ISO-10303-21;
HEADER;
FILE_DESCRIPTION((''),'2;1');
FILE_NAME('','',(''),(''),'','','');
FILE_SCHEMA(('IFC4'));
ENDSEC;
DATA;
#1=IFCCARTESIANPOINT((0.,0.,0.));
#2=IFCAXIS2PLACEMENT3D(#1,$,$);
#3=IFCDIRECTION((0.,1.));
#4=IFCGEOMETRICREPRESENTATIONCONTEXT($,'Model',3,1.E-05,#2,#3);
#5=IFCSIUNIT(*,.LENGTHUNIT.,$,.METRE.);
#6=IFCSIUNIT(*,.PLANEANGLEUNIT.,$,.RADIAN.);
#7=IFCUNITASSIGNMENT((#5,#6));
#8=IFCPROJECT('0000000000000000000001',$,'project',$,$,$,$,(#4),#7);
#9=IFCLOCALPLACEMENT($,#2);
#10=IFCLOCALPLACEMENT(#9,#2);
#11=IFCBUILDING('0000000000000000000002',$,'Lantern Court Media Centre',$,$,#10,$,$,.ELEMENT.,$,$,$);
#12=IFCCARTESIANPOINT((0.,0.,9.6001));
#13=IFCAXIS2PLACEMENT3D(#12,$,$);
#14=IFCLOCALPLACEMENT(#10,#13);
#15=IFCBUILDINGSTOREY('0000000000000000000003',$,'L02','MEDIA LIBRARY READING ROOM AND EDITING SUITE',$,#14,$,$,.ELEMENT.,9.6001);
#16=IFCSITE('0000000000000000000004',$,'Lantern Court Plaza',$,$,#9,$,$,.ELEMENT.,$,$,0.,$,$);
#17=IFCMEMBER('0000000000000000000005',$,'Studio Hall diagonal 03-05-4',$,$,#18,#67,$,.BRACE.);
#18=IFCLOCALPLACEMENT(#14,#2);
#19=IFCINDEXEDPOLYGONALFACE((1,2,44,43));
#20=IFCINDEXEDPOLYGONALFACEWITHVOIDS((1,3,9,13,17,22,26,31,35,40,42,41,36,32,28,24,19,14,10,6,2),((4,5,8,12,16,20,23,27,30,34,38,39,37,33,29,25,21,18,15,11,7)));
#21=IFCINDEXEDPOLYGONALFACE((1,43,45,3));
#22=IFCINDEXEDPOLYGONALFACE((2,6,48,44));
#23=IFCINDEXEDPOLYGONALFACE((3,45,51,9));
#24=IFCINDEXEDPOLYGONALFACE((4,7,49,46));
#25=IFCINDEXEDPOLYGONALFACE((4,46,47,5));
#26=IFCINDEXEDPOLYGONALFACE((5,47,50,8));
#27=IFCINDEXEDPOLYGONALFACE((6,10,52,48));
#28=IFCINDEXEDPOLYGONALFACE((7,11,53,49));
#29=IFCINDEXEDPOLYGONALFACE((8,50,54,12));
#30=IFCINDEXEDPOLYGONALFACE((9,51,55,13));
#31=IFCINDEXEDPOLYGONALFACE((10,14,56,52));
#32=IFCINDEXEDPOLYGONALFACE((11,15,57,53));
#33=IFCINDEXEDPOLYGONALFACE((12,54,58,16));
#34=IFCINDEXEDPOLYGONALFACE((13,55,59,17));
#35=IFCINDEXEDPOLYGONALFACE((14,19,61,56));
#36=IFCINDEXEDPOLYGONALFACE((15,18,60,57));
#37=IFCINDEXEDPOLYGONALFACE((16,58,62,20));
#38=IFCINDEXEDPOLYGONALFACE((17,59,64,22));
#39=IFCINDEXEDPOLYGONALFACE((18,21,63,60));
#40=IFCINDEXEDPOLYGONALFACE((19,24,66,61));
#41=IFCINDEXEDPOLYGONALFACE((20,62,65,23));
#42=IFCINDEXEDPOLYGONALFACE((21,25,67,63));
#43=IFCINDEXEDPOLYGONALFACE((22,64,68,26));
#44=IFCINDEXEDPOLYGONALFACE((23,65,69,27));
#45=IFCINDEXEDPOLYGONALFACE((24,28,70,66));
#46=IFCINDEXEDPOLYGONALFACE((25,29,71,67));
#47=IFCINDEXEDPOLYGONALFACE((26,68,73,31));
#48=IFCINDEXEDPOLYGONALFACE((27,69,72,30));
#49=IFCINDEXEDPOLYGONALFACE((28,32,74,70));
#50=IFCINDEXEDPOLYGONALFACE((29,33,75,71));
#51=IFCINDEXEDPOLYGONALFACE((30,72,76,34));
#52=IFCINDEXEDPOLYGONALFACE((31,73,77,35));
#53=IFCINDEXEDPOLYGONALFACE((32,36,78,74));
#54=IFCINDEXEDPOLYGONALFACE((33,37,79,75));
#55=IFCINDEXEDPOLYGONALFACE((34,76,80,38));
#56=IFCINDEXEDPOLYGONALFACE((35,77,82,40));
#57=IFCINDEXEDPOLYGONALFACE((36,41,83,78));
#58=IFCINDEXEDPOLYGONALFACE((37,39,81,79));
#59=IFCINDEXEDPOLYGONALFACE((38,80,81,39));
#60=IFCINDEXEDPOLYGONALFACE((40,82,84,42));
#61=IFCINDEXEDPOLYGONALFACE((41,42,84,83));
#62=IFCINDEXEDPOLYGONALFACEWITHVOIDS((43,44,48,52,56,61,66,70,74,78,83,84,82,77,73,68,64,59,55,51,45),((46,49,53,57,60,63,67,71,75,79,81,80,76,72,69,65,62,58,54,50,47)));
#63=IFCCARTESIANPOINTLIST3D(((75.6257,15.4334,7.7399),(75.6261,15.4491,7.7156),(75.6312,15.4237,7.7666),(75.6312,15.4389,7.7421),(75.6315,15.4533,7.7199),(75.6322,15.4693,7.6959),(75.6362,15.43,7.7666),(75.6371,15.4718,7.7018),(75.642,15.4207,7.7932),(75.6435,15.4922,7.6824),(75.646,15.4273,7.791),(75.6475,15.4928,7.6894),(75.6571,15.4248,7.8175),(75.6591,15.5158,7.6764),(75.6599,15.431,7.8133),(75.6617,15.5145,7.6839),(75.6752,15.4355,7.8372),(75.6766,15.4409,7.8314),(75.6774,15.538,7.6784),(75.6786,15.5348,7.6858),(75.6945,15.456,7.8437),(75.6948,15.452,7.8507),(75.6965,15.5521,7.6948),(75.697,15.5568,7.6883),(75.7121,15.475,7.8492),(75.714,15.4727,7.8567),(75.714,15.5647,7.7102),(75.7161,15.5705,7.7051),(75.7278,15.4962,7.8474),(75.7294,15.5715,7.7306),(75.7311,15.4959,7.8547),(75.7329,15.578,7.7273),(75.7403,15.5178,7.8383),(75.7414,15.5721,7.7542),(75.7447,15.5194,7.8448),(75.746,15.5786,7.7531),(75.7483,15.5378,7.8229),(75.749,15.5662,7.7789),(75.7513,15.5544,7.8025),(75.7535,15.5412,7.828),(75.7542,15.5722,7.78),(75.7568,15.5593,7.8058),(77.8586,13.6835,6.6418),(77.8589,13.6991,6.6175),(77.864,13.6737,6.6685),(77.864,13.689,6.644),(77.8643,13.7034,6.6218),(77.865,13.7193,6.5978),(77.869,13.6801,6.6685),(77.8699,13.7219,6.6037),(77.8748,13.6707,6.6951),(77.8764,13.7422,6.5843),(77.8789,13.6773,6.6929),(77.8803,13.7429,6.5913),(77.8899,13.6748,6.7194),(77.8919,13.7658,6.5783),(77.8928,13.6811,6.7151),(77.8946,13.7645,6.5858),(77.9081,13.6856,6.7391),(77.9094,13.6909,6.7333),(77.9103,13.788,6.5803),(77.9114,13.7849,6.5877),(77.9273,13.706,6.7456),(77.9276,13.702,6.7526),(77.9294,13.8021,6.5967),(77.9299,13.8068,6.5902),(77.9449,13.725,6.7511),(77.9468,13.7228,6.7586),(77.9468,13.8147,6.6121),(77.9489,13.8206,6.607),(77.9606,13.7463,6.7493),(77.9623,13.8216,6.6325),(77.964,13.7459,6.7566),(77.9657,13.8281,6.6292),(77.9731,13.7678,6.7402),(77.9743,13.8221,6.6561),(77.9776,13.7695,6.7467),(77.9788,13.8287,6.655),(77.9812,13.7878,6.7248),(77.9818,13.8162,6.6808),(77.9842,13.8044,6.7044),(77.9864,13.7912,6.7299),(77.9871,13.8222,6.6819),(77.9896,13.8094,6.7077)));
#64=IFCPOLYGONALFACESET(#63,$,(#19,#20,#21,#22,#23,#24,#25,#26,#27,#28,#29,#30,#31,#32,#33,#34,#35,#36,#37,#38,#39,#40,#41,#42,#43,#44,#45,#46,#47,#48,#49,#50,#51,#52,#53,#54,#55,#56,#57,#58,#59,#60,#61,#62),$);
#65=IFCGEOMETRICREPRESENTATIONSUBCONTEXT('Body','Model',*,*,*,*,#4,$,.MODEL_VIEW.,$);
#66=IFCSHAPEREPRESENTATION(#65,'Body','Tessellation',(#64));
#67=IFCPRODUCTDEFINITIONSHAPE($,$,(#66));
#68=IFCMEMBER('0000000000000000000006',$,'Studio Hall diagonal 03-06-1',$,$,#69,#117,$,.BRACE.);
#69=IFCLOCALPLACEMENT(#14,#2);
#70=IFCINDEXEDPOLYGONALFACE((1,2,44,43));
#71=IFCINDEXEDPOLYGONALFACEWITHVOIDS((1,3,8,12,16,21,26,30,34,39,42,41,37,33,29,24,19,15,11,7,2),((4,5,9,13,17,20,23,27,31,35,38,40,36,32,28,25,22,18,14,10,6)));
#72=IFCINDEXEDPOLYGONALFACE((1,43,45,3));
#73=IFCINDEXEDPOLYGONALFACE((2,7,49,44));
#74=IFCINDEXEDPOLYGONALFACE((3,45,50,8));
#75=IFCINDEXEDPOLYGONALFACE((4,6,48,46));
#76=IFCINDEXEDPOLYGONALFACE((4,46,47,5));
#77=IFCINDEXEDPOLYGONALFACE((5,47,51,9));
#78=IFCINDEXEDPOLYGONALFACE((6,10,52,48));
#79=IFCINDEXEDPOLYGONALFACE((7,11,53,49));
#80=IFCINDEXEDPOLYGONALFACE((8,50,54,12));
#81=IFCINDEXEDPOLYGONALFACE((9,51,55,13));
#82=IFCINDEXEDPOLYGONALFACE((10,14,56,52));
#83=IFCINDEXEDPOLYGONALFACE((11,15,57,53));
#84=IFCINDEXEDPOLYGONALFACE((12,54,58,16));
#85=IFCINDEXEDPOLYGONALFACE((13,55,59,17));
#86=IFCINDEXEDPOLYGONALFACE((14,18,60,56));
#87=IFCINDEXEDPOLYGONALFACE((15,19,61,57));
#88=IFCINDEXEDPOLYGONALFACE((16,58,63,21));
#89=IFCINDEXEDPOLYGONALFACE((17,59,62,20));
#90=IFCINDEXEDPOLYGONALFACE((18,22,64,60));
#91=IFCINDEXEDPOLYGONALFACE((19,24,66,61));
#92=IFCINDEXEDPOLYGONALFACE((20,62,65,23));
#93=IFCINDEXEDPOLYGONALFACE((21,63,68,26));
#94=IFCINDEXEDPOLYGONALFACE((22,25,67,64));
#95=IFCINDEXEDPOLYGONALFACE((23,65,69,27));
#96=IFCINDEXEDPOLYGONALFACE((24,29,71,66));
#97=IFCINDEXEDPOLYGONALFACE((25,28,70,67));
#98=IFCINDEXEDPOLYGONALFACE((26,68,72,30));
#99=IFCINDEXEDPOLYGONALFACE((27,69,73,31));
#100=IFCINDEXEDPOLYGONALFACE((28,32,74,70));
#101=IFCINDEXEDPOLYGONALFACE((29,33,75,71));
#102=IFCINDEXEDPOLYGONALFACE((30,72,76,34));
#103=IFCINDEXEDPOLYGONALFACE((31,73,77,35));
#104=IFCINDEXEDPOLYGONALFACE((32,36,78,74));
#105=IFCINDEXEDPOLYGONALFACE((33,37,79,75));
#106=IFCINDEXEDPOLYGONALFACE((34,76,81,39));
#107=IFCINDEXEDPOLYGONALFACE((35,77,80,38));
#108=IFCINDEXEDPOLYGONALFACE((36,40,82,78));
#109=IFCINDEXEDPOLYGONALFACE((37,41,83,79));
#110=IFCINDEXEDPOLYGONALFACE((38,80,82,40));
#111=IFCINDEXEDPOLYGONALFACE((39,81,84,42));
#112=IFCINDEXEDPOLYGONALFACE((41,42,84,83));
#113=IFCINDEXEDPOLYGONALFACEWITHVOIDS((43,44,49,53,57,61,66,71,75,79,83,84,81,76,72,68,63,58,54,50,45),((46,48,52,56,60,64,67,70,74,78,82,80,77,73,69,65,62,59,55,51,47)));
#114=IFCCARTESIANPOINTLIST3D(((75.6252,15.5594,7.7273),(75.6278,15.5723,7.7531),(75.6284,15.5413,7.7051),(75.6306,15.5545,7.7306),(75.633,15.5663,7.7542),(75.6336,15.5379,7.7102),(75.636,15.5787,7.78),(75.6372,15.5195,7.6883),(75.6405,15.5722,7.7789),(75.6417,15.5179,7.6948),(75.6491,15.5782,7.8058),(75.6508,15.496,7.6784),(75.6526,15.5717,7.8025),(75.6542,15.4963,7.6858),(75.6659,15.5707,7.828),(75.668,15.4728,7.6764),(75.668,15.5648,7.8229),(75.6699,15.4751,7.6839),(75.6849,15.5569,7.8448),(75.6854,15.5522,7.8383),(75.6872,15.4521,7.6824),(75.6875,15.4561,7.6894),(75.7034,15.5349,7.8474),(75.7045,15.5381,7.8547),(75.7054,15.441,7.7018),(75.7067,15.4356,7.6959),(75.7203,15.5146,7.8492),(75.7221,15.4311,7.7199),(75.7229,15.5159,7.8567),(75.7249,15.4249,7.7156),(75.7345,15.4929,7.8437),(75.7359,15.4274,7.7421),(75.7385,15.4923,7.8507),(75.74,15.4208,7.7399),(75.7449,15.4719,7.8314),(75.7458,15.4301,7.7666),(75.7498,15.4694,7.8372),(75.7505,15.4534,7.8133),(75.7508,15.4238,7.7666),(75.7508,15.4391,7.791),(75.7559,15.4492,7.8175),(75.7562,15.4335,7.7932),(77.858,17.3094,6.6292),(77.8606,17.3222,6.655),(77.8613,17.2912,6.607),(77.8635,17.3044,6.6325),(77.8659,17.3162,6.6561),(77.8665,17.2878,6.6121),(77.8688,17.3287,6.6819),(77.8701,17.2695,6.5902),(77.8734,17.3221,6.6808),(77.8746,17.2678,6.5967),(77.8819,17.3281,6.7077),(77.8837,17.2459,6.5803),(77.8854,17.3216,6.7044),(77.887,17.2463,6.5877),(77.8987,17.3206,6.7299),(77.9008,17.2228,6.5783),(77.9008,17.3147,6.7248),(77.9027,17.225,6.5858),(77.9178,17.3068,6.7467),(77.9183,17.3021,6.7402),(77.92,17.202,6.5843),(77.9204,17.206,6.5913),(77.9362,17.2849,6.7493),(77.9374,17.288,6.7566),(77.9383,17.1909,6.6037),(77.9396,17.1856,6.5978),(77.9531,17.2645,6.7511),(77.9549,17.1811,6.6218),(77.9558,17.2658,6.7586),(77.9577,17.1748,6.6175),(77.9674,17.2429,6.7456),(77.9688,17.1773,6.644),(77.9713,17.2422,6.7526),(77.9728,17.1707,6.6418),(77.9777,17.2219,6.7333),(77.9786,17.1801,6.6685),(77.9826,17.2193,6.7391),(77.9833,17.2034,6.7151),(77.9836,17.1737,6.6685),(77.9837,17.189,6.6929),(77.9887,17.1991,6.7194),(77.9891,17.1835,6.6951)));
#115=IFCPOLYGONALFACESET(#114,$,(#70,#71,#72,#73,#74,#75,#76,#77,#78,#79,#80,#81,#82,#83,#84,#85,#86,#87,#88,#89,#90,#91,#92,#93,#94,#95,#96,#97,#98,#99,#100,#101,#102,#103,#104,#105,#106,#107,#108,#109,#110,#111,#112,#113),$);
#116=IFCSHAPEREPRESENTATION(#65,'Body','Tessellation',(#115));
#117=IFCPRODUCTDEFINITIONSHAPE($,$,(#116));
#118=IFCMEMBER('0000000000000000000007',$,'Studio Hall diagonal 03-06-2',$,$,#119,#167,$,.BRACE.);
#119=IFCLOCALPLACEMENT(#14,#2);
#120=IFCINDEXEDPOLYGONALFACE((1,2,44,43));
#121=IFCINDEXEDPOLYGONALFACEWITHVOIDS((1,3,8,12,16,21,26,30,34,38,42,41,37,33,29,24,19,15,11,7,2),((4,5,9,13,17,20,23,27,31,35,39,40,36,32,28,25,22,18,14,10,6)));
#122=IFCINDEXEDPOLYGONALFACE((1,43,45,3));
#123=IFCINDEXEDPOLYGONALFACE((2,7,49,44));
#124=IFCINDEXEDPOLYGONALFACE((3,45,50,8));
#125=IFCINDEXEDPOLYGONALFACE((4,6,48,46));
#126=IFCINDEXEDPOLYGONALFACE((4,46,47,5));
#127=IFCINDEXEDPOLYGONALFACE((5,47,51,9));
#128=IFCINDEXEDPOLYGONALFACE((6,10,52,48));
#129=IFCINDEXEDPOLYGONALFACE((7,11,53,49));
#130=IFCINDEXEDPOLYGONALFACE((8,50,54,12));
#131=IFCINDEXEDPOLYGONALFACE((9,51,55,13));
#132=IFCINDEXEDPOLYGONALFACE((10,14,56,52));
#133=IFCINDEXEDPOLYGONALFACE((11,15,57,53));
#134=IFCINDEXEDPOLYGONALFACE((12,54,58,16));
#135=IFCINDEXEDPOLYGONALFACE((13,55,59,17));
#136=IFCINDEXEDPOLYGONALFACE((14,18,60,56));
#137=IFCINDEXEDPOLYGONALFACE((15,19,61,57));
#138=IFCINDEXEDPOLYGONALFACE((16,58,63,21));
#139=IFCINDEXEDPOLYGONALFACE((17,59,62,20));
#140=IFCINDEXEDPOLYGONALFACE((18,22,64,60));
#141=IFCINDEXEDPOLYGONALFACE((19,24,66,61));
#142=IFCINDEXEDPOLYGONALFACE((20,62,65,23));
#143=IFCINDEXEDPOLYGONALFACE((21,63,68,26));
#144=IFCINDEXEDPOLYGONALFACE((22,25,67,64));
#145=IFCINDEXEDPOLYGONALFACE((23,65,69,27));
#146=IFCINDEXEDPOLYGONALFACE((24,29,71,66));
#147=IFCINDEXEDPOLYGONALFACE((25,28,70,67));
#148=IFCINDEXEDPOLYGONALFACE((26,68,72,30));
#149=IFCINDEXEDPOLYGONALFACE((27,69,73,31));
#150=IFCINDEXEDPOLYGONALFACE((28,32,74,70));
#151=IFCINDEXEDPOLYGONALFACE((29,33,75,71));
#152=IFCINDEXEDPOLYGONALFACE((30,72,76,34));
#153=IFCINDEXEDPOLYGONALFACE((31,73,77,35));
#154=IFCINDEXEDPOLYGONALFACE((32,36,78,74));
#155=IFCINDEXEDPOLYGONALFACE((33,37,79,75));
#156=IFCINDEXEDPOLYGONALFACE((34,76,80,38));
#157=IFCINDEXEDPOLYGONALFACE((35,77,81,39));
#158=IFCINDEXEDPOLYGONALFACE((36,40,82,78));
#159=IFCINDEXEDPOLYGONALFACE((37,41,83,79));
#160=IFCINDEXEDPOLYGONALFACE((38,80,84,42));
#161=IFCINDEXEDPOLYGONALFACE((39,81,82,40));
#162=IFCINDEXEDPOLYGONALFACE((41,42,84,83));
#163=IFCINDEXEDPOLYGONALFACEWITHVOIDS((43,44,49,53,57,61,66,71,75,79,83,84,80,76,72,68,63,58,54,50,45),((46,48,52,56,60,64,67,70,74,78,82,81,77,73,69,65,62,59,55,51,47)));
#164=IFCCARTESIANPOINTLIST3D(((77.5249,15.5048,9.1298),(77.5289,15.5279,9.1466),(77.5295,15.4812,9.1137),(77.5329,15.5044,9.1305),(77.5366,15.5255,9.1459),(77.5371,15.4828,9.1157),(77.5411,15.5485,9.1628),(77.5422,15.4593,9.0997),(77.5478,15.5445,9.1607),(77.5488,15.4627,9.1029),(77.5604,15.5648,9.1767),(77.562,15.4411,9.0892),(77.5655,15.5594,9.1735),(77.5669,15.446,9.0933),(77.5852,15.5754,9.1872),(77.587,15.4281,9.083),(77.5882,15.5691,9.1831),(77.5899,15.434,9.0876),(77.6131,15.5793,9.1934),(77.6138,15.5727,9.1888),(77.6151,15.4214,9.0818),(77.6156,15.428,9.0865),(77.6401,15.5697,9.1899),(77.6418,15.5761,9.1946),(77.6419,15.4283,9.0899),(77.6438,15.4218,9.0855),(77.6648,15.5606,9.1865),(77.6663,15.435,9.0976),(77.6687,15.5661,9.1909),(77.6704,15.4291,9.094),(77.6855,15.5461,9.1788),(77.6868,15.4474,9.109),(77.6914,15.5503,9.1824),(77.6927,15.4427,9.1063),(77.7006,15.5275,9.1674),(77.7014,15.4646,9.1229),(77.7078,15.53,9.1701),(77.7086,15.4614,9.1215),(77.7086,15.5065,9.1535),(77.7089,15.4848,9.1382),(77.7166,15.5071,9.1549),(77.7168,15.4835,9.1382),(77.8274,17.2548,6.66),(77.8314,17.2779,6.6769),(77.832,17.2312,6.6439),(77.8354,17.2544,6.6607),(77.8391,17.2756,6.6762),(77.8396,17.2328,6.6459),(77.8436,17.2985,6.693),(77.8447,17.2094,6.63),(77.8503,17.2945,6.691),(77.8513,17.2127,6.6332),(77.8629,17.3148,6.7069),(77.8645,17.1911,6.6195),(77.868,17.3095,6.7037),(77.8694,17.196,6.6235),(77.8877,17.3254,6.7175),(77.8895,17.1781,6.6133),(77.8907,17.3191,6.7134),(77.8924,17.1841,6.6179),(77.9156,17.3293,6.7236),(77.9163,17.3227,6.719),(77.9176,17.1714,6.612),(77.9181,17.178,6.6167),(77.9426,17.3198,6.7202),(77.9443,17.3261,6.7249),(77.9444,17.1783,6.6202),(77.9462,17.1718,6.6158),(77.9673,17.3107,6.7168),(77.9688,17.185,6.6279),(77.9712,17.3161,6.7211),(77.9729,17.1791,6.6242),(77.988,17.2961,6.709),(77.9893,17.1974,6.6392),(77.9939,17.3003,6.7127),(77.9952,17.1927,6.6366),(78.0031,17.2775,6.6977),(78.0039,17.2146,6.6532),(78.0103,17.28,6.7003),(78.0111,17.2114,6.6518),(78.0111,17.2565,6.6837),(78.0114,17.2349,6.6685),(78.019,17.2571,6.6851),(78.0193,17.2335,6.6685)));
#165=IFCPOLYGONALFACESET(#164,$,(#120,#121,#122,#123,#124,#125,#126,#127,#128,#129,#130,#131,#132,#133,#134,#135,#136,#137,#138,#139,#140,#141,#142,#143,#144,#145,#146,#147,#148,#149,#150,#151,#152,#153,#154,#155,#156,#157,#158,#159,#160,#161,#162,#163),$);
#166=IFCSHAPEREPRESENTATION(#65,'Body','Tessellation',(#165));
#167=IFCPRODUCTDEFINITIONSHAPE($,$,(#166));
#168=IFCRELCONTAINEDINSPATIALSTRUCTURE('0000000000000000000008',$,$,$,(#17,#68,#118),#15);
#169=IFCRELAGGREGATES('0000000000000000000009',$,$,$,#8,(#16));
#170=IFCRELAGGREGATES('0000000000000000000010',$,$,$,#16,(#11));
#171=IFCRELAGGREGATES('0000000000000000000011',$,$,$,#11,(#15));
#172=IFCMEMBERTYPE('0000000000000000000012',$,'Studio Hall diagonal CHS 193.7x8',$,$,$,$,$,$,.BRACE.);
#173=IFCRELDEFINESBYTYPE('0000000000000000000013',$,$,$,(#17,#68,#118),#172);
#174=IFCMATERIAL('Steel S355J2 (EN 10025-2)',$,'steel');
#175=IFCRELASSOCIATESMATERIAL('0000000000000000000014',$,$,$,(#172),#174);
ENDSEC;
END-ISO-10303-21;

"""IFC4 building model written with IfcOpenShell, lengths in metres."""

from ifc_helpers import new_model, si_unit, direction, frame, origin, origin_2d, place, context, subcontext, project, spatial, hollow_circle, extrude, material, material_profile, profile_set, type_object, element, save


model = new_model("IFC4")

# Units and contexts
model_context = context("Model", 3, precision=1e-05, world=origin(), true_north=direction((0.0, 1.0)))
body_context = subcontext(model_context, "Body", "Model", "MODEL_VIEW")
ifc_project = project(units=[si_unit("LENGTHUNIT", "METRE"), si_unit("PLANEANGLEUNIT", "RADIAN")], contexts=[model_context])

# Site, building, storey
site_placement = place(None, origin())
site = spatial("IfcSite", under=ifc_project, at=site_placement, Name="Lantern Court Plaza", CompositionType="ELEMENT", RefElevation=0.0)
building_placement = place(site_placement, origin())
building = spatial("IfcBuilding", under=site, at=building_placement, Name="Lantern Court Media Centre", CompositionType="ELEMENT")
storey_placement = place(building_placement, frame((0.0, 0.0, 9.6001)))
storey = spatial("IfcBuildingStorey", under=building, at=storey_placement, Name="L02", Description="MEDIA LIBRARY READING ROOM AND EDITING SUITE", CompositionType="ELEMENT", Elevation=9.6001)

# Members
ifc_material = material(Name="Steel S355J2 (EN 10025-2)", Category="steel")
ifc_material_profile_1 = material_profile(ifc_material, hollow_circle(Radius=0.0969, WallThickness=0.0081, at=origin_2d()), Name="Studio Hall diagonal CHS 193.7x8")
ifc_profile_set_1 = profile_set([ifc_material_profile_1], Name="Steel S355J2 (EN 10025-2)")
member_type_1 = type_object("IfcMemberType", Name="Studio Hall diagonal CHS 193.7x8", PredefinedType="BRACE", material=ifc_profile_set_1)
for number, where, z_axis, x_axis, name in (
    (1, (77.9238, 13.75, 6.6685), (-0.734005, 0.575262, 0.360984), (-0.616856, -0.787076, 0.0), "Studio Hall diagonal 03-05-4"),
    (2, (77.9238, 17.25, 6.6685), (-0.734005, -0.575262, 0.360984), (0.616856, -0.787076, 0.0), "Studio Hall diagonal 03-06-1"),
    (3, (77.9238, 17.25, 6.6685), (-0.099439, -0.575286, 0.811885), (0.985388, -0.170326, 0.0), "Studio Hall diagonal 03-06-2"),
):
    element("IfcMember", number, at=place(storey_placement, frame(where, z_axis=z_axis, x_axis=x_axis)), inside=storey, type_object=member_type_1, Name=name, PredefinedType="BRACE", context=body_context, shape_type="SweptSolid", body=[
        extrude(hollow_circle(Radius=0.0969, WallThickness=0.0081, at=origin_2d()), origin(), (0.0, 0.0, 1.0), 3.042),
    ])

save(model, "model.ifc")
